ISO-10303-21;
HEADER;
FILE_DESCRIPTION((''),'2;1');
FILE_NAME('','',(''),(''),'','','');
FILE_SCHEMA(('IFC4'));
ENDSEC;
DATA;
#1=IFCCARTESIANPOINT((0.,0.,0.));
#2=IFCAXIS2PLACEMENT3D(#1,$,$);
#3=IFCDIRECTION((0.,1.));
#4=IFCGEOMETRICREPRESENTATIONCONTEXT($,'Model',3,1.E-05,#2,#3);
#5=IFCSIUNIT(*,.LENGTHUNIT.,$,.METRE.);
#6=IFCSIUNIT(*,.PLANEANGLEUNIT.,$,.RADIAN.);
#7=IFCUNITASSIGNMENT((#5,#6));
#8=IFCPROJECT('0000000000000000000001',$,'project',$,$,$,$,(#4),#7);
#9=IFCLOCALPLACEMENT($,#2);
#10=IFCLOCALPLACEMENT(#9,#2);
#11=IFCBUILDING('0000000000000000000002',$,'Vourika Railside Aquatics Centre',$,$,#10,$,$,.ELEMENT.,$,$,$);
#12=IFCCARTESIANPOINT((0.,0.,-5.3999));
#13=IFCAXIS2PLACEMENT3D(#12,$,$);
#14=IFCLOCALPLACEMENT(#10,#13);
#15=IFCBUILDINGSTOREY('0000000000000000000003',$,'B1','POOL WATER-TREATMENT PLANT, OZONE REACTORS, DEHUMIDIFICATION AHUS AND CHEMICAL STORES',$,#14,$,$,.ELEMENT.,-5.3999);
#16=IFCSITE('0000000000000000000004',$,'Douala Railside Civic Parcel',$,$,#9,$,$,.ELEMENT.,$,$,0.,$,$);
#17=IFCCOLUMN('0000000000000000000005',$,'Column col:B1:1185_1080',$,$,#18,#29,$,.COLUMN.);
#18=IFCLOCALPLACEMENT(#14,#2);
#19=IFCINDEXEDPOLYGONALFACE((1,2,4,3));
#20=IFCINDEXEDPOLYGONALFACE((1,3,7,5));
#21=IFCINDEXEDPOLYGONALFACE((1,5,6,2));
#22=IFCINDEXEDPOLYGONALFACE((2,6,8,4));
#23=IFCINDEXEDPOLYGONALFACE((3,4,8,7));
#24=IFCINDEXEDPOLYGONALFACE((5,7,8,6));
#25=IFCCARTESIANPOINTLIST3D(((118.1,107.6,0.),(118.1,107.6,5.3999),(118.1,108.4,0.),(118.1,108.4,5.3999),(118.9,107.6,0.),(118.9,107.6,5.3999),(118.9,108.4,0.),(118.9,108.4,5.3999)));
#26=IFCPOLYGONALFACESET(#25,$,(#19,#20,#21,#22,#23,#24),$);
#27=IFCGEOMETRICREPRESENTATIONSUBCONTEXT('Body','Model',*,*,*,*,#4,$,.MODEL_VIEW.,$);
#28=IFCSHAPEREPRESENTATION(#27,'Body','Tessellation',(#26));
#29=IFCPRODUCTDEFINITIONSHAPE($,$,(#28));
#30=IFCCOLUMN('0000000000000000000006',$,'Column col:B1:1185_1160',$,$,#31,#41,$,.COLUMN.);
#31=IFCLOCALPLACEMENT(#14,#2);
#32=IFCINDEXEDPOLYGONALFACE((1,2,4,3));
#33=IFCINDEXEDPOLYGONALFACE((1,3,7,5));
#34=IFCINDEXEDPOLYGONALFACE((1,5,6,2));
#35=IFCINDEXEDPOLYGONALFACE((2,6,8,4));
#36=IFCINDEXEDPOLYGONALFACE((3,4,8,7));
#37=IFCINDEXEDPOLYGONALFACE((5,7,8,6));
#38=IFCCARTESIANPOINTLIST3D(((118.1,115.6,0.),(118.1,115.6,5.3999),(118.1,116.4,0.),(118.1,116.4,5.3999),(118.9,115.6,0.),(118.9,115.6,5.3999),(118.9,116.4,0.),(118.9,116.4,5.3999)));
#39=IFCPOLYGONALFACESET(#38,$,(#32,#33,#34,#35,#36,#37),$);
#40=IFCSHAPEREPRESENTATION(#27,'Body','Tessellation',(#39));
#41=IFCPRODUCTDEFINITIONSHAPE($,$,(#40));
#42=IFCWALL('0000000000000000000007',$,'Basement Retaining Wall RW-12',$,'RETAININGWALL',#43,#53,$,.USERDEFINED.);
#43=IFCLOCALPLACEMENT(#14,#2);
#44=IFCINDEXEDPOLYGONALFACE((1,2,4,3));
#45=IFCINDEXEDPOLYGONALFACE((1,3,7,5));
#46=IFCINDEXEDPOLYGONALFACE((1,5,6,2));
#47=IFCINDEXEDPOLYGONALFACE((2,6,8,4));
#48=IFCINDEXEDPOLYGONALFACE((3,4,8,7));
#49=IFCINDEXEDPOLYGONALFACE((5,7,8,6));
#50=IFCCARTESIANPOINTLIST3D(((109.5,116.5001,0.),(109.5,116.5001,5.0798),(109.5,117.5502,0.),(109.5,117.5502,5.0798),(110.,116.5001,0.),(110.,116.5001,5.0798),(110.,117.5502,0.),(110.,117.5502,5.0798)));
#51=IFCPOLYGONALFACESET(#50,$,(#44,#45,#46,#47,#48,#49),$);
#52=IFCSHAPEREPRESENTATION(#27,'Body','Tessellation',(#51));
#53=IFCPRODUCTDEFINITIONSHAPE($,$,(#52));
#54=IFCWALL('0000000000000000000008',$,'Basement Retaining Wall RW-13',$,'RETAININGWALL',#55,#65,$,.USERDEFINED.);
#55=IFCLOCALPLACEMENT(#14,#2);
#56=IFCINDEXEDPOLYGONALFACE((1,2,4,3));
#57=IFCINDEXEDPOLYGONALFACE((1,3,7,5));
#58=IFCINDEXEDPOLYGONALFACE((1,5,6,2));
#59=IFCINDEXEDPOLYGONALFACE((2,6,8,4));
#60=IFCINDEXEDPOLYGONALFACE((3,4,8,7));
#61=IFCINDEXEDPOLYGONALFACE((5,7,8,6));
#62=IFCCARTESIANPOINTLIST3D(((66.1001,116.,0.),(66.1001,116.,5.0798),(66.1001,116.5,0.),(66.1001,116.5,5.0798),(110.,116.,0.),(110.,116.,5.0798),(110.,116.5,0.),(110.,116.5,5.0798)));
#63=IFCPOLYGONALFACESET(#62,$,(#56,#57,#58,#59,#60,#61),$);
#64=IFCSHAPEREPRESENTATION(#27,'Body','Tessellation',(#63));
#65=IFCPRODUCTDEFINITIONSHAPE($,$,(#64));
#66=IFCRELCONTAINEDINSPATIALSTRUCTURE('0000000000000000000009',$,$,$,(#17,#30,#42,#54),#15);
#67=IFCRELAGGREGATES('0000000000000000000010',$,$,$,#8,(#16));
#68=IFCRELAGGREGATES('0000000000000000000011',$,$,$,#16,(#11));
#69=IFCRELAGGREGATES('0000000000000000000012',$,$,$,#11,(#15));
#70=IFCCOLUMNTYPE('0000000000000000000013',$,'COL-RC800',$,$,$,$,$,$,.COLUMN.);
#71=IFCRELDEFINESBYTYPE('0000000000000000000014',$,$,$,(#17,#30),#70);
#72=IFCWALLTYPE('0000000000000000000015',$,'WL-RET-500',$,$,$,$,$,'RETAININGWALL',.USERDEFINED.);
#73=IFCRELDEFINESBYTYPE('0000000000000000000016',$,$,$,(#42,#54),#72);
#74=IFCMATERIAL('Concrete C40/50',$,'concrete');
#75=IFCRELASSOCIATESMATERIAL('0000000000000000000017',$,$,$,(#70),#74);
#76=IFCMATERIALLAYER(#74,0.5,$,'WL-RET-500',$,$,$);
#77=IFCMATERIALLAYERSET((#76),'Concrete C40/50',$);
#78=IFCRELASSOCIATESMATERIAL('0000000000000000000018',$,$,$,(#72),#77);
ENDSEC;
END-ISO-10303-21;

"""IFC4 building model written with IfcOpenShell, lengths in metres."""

from ifc_helpers import new_model, si_unit, direction, frame, frame_2d, origin, origin_2d, place, context, subcontext, project, spatial, rectangle, extrude, material, layer, layer_set, material_profile, profile_set, type_object, element, save


model = new_model("IFC4")

# Units and contexts
model_context = context("Model", 3, precision=1e-05, world=origin(), true_north=direction((0.0, 1.0)))
body_context = subcontext(model_context, "Body", "Model", "MODEL_VIEW")
ifc_project = project(units=[si_unit("LENGTHUNIT", "METRE"), si_unit("PLANEANGLEUNIT", "RADIAN")], contexts=[model_context])

# Site, building, storey
site_placement = place(None, origin())
site = spatial("IfcSite", under=ifc_project, at=site_placement, Name="Douala Railside Civic Parcel", CompositionType="ELEMENT", RefElevation=0.0)
building_placement = place(site_placement, origin())
building = spatial("IfcBuilding", under=site, at=building_placement, Name="Vourika Railside Aquatics Centre", CompositionType="ELEMENT")
storey_placement = place(building_placement, frame((0.0, 0.0, -5.3999)))
storey = spatial("IfcBuildingStorey", under=building, at=storey_placement, Name="B1", Description="POOL WATER-TREATMENT PLANT, OZONE REACTORS, DEHUMIDIFICATION AHUS AND CHEMICAL STORES", CompositionType="ELEMENT", Elevation=-5.3999)

# Shared definitions
ifc_material_1 = material(Name="Concrete C40/50", Category="concrete")

# Columns
ifc_material_profile_1 = material_profile(ifc_material_1, rectangle(XDim=0.8, YDim=0.8, at=origin_2d()), Name="RC 800x800")
ifc_profile_set_1 = profile_set([ifc_material_profile_1], Name="Concrete C40/50")
column_type_1 = type_object("IfcColumnType", Name="COL-RC800", PredefinedType="COLUMN", material=ifc_profile_set_1)
for number, where, z_axis, x_axis, name in (
    (1, (118.5, 108.0, 0.0), (0.0, 0.0, 1.0), (1.0, 0.0, 0.0), "Column col:B1:1185_1080"),
    (2, (118.5, 116.0, 0.0), (0.0, 0.0, 1.0), (1.0, 0.0, 0.0), "Column col:B1:1185_1160"),
):
    element("IfcColumn", number, at=place(storey_placement, frame(where, z_axis=z_axis, x_axis=x_axis)), inside=storey, type_object=column_type_1, Name=name, PredefinedType="COLUMN", context=body_context, shape_type="SweptSolid", body=[
        extrude(rectangle(XDim=0.8, YDim=0.8, at=origin_2d()), origin(), (0.0, 0.0, 1.0), 5.3999),
    ])

# Walls
ifc_layer = layer(ifc_material_1, 0.5, Name="WL-RET-500")
ifc_layer_set = layer_set([ifc_layer], Name="Concrete C40/50")
wall_type = type_object("IfcWallType", Name="WL-RET-500", ElementType="RETAININGWALL", PredefinedType="USERDEFINED", material=ifc_layer_set)
wall_1_placement = place(storey_placement, frame((109.75, 117.55, 0.0), z_axis=(0.0, 0.0, 1.0), x_axis=(0.0, -1.0, 0.0)))
element("IfcWall", 3, at=wall_1_placement, inside=storey, type_object=wall_type, Name="Basement Retaining Wall RW-12", ObjectType="RETAININGWALL", PredefinedType="USERDEFINED", context=body_context, shape_type="SweptSolid", body=[
    extrude(rectangle(XDim=1.05, YDim=0.5, at=frame_2d((0.5249, 0.0))), origin(), (0.0, 0.0, 1.0), 5.0798),
])
wall_2_placement = place(storey_placement, frame((110.0, 116.25, 0.0), z_axis=(0.0, 0.0, 1.0), x_axis=(-1.0, 0.0, 0.0)))
element("IfcWall", 4, at=wall_2_placement, inside=storey, type_object=wall_type, Name="Basement Retaining Wall RW-13", ObjectType="RETAININGWALL", PredefinedType="USERDEFINED", context=body_context, shape_type="SweptSolid", body=[
    extrude(rectangle(XDim=43.8999, YDim=0.5, at=frame_2d((21.95, 0.0))), origin(), (0.0, 0.0, 1.0), 5.0798),
])

save(model, "model.ifc")
